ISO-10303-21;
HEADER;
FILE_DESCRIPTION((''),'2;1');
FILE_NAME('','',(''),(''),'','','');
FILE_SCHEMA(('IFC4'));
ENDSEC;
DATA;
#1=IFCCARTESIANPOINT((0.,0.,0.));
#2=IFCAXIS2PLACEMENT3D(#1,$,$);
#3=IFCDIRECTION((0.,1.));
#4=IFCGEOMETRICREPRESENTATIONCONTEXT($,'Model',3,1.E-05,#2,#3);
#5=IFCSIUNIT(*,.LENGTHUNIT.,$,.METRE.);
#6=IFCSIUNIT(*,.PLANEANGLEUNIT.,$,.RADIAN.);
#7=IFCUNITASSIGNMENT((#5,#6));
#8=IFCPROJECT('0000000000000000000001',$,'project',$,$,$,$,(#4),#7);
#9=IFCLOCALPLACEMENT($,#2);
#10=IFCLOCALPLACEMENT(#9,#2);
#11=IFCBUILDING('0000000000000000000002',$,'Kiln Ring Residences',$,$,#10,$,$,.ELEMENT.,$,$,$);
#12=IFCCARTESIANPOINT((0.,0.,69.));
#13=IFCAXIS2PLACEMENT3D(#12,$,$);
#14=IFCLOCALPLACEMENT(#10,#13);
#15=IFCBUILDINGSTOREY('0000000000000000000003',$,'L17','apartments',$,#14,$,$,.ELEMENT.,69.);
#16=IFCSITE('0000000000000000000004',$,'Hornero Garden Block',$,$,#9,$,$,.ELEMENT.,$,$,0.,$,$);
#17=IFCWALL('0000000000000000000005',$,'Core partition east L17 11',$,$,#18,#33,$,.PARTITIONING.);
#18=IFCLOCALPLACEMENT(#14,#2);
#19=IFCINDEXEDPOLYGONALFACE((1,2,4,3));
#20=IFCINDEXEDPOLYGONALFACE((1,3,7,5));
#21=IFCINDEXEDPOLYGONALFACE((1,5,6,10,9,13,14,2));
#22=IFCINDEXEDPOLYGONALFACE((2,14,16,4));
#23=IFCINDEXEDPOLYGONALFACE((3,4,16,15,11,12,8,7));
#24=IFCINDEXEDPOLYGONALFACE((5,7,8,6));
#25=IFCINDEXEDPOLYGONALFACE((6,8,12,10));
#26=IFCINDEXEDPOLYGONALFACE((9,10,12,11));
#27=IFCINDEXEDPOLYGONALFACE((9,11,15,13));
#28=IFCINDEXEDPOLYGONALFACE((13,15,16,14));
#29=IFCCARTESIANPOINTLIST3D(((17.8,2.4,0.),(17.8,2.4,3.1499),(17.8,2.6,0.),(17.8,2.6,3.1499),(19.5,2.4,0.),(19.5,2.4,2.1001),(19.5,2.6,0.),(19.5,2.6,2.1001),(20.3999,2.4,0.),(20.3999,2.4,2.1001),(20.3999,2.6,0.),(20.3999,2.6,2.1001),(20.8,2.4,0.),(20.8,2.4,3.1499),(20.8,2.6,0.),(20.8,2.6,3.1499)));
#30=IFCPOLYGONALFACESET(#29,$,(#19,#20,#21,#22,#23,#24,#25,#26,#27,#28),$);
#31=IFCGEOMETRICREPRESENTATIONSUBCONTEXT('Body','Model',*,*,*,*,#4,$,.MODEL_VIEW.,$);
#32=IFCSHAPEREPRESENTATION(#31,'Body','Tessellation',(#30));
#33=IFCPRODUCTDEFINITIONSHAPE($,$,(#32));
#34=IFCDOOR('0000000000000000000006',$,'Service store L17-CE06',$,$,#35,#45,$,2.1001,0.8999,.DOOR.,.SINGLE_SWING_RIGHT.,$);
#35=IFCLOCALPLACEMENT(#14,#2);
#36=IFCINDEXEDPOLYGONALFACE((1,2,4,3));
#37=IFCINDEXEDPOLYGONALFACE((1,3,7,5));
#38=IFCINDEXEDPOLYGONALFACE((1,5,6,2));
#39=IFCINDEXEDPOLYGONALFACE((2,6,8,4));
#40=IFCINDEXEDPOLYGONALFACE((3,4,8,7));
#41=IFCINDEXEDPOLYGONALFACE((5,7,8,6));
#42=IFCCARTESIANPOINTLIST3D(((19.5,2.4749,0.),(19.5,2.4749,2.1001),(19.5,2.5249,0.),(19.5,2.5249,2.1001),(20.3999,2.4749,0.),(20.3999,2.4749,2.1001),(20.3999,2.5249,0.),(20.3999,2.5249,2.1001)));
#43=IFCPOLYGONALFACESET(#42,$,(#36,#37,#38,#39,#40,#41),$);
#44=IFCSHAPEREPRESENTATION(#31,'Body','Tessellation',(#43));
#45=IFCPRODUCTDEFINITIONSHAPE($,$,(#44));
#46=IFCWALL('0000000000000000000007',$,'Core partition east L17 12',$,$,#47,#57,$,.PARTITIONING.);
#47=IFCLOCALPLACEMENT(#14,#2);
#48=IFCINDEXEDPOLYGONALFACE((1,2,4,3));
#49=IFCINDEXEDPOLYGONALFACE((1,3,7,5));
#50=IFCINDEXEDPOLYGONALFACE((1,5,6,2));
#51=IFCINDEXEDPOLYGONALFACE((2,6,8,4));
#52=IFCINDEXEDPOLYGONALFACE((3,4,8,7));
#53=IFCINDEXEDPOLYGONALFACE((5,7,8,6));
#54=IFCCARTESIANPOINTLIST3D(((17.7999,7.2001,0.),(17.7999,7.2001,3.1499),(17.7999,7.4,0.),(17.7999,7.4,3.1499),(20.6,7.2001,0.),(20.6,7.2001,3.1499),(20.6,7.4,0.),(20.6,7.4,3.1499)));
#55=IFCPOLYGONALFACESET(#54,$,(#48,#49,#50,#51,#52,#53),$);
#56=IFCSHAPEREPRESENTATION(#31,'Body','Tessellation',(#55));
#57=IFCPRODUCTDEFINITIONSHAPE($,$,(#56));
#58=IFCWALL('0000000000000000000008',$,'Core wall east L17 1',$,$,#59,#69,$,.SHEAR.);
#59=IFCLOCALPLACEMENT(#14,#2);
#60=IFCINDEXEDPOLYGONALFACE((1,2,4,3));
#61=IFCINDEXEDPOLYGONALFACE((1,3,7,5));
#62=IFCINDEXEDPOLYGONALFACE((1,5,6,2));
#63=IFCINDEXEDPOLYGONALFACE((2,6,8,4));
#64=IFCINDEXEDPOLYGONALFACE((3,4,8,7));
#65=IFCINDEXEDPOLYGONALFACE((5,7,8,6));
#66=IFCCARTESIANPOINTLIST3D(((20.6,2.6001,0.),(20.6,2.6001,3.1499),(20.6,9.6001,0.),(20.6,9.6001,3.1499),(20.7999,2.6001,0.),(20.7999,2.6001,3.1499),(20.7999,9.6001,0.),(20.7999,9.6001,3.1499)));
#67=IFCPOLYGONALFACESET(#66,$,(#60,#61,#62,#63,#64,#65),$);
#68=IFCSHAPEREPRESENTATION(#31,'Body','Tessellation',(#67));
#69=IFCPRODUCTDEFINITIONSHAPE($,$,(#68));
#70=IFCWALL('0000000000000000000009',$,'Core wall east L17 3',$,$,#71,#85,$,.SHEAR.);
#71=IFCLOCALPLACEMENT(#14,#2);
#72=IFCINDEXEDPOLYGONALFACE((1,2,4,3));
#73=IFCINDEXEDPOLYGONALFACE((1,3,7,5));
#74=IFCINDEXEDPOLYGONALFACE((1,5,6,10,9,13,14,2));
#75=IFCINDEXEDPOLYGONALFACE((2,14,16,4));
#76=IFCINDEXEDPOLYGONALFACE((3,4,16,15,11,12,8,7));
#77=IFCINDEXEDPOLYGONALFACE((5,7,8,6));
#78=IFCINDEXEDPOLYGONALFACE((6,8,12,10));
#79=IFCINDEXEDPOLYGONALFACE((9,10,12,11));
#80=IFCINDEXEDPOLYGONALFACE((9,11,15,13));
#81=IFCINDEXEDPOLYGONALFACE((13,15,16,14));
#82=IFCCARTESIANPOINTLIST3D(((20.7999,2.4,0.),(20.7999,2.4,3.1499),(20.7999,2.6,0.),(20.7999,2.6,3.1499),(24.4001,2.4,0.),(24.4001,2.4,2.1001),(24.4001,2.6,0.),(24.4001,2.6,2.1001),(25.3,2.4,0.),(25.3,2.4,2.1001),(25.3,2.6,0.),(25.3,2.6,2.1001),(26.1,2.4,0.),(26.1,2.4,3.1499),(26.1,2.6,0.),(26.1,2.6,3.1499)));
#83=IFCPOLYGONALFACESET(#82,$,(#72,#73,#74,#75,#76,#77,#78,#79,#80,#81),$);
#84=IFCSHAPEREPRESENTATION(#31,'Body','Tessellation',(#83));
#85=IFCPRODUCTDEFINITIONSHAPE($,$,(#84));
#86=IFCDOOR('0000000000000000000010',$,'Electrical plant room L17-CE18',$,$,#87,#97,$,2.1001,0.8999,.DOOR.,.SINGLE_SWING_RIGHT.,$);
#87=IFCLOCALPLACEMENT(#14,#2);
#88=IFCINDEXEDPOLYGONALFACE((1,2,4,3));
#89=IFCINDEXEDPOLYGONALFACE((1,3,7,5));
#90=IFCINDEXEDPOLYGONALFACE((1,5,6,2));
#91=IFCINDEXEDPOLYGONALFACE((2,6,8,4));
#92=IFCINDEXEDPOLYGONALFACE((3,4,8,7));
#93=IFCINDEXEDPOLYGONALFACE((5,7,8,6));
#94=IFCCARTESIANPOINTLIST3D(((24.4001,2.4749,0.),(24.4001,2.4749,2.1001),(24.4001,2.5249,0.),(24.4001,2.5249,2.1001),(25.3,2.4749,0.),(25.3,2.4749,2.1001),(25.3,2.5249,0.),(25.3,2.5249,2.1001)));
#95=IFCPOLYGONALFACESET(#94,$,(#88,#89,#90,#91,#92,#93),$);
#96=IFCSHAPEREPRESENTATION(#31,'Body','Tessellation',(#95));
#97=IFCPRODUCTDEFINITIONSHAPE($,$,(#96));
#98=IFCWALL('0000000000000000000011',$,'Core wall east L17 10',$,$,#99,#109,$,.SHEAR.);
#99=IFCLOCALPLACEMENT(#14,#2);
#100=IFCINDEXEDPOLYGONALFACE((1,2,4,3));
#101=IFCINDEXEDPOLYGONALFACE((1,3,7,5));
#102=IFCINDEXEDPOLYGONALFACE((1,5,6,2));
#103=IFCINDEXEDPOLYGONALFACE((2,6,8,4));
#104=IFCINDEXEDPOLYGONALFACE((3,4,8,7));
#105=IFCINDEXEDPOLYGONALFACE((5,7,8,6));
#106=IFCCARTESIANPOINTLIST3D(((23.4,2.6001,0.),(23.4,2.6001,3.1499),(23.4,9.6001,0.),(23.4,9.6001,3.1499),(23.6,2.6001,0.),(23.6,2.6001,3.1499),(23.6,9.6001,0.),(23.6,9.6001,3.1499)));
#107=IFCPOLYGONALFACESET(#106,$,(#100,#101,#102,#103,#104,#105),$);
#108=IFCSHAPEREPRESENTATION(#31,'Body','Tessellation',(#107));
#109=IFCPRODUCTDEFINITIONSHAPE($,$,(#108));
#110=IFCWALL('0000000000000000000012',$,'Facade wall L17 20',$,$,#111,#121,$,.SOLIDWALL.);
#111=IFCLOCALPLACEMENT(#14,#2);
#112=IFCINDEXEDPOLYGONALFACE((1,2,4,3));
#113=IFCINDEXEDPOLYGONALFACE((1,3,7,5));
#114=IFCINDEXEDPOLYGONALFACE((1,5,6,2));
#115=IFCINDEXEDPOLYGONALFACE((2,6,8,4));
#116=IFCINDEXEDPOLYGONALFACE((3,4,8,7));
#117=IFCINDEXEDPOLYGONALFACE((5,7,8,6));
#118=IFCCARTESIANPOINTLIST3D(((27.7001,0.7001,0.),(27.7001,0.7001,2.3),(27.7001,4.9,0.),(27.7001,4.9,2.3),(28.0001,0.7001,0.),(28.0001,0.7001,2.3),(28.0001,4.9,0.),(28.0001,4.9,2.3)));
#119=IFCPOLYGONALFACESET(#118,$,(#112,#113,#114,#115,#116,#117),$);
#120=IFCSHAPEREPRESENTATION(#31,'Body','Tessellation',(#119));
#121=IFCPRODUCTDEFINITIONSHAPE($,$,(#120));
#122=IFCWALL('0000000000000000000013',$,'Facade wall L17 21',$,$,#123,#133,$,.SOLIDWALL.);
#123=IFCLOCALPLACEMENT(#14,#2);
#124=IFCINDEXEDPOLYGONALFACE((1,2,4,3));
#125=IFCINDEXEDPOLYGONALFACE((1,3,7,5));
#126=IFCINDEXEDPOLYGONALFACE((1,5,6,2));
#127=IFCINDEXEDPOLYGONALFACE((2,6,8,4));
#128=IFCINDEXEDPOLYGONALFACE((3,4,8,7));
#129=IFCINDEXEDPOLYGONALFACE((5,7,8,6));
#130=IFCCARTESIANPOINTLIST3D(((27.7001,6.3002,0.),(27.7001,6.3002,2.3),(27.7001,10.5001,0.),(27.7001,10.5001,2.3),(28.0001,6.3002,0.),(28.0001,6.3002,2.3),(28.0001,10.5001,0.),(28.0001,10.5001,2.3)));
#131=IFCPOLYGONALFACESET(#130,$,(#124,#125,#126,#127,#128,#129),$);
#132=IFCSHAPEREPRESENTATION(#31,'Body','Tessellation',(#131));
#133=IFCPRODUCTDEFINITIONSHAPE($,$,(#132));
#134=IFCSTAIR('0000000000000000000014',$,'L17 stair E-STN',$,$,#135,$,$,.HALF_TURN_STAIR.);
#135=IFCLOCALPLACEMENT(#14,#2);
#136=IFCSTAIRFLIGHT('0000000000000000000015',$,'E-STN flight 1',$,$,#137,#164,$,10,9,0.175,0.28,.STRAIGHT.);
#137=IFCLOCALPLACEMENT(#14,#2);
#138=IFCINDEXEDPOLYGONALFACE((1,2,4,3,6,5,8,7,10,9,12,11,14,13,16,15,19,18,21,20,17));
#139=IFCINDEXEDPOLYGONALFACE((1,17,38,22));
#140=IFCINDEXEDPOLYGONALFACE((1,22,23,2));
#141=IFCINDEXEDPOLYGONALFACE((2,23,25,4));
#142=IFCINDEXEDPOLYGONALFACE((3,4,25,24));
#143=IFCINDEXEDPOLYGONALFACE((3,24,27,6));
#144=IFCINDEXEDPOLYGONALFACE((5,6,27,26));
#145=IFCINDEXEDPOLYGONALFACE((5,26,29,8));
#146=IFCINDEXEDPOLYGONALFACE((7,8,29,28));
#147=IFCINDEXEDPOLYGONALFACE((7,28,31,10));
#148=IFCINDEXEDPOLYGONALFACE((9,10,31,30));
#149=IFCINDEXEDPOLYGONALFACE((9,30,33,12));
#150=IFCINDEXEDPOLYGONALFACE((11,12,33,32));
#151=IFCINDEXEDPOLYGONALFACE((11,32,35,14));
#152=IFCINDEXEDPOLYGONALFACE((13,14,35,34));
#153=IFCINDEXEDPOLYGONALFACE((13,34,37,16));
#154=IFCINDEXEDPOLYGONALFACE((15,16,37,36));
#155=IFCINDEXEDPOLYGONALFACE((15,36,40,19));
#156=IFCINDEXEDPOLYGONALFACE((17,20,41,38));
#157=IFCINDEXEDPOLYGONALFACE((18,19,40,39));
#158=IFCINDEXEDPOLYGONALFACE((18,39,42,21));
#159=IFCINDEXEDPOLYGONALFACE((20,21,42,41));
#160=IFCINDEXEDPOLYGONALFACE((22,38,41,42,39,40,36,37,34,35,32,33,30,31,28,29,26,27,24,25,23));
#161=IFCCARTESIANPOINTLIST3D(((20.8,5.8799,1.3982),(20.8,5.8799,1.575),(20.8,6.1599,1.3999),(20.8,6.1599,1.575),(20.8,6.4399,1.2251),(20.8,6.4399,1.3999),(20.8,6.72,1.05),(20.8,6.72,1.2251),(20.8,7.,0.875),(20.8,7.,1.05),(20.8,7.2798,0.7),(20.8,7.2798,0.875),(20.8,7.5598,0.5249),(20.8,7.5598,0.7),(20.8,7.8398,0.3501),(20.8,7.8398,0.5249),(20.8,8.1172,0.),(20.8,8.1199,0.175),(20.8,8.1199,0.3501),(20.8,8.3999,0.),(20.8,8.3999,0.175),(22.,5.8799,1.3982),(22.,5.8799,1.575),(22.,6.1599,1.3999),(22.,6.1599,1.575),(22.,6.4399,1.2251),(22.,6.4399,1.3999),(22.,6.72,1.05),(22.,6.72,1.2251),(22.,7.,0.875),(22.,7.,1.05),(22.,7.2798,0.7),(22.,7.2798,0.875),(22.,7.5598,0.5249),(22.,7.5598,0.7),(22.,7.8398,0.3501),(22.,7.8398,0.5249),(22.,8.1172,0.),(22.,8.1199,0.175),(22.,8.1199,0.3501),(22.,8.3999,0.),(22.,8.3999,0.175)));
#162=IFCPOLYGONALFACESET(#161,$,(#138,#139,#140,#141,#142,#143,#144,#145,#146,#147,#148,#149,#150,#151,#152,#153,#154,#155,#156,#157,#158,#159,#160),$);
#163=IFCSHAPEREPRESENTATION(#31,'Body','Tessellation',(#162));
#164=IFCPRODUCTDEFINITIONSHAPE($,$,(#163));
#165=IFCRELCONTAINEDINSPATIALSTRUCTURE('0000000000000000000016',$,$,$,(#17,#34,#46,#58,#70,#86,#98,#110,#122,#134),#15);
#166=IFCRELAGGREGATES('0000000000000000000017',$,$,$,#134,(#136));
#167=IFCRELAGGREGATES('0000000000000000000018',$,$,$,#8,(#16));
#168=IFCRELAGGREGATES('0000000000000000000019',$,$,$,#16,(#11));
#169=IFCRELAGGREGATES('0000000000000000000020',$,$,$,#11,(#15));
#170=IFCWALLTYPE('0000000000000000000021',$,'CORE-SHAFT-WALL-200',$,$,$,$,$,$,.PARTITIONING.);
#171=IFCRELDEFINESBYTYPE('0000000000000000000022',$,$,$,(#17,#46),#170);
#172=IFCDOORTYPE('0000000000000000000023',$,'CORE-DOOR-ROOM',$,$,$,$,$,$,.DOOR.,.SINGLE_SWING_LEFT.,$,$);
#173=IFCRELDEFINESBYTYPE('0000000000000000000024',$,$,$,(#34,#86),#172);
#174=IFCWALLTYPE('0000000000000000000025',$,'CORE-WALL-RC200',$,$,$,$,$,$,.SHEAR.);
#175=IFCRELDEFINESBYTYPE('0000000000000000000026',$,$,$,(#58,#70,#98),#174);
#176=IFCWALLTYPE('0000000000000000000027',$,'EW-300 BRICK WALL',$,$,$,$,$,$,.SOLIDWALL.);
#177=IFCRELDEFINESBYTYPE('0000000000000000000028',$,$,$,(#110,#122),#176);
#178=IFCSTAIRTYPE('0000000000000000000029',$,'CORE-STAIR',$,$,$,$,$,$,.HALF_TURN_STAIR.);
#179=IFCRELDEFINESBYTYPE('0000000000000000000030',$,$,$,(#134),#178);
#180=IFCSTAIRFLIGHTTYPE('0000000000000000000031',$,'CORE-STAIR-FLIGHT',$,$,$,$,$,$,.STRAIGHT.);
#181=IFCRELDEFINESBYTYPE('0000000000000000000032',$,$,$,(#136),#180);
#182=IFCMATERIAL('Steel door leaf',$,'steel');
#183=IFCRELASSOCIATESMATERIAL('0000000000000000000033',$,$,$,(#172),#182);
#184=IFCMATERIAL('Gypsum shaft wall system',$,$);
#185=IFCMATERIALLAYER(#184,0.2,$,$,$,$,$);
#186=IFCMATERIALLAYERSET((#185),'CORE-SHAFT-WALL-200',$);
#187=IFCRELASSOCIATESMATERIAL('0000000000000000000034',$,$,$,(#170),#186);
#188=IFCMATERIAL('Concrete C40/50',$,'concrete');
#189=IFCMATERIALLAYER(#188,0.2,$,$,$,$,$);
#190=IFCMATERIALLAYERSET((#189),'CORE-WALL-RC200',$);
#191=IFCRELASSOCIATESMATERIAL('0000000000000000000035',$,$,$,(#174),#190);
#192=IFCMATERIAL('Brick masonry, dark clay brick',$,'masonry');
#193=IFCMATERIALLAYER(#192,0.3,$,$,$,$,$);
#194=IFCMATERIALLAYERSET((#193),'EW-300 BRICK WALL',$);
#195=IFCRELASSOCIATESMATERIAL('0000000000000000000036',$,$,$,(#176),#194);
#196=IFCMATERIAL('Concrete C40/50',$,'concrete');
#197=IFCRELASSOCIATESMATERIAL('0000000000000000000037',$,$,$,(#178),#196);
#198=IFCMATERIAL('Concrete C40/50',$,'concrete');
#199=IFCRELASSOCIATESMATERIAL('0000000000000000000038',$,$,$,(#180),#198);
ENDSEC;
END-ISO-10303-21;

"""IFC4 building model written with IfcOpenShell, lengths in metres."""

from ifc_helpers import new_model, si_unit, direction, frame, frame_2d, origin, place, context, subcontext, project, spatial, polyline, rectangle, outline, extrude, material, layer, layer_set, type_object, element, fill, aggregate, save


model = new_model("IFC4")

# Units and contexts
model_context = context("Model", 3, precision=1e-05, world=origin(), true_north=direction((0.0, 1.0)))
body_context = subcontext(model_context, "Body", "Model", "MODEL_VIEW")
ifc_project = project(units=[si_unit("LENGTHUNIT", "METRE"), si_unit("PLANEANGLEUNIT", "RADIAN")], contexts=[model_context])

# Site, building, storey
site_placement = place(None, origin())
site = spatial("IfcSite", under=ifc_project, at=site_placement, Name="Hornero Garden Block", CompositionType="ELEMENT", RefElevation=0.0)
building_placement = place(site_placement, origin())
building = spatial("IfcBuilding", under=site, at=building_placement, Name="Kiln Ring Residences", CompositionType="ELEMENT")
storey_placement = place(building_placement, frame((0.0, 0.0, 69.0)))
storey = spatial("IfcBuildingStorey", under=building, at=storey_placement, Name="L17", Description="apartments", CompositionType="ELEMENT", Elevation=69.0)

# Shared definitions
ifc_material_1 = material(Name="Steel door leaf", Category="steel")
door_type = type_object("IfcDoorType", Name="CORE-DOOR-ROOM", OperationType="SINGLE_SWING_LEFT", PredefinedType="DOOR", material=ifc_material_1)

# Shared definitions
ifc_material_2 = material(Name="Gypsum shaft wall system")
ifc_layer_1 = layer(ifc_material_2, 0.2)
ifc_layer_set_1 = layer_set([ifc_layer_1], Name="CORE-SHAFT-WALL-200")
wall_type_1 = type_object("IfcWallType", Name="CORE-SHAFT-WALL-200", PredefinedType="PARTITIONING", material=ifc_layer_set_1)

# Wall, opening, door
wall_1_placement = place(storey_placement, frame((17.8, 2.5, 0.0), z_axis=(0.0, 0.0, 1.0), x_axis=(1.0, 0.0, 0.0)))
wall_1 = element("IfcWall", 1, at=wall_1_placement, inside=storey, type_object=wall_type_1, Name="Core partition east L17 11", PredefinedType="PARTITIONING", context=body_context, shape_type="SweptSolid", body=[
    extrude(rectangle(XDim=3.0, YDim=0.2, at=frame_2d((1.5, 0.0))), origin(), (0.0, 0.0, 1.0), 3.1499),
])
opening_1_placement = place(wall_1_placement, frame((1.7, 0.0, 0.0)))
opening_1 = element("IfcOpeningElement", 2, at=opening_1_placement, cuts=wall_1, PredefinedType="OPENING", context=body_context, shape_type="SweptSolid", body=[
    extrude(rectangle(XDim=0.8999, YDim=2.1001, at=frame_2d((0.45, 1.05))), frame((0.0, 0.1099, 0.0), z_axis=(0.0, -1.0, 0.0), x_axis=(1.0, 0.0, 0.0)), (0.0, 0.0, 1.0), 0.22),
])
door_1_placement = place(opening_1_placement, origin())
door_1 = element("IfcDoor", 3, at=door_1_placement, inside=storey, type_object=door_type, Name="Service store L17-CE06", OperationType="SINGLE_SWING_RIGHT", OverallHeight=2.1001, OverallWidth=0.8999, PredefinedType="DOOR", context=body_context, shape_type="SweptSolid", body=[
    extrude(rectangle(XDim=0.8999, YDim=2.1001, at=frame_2d((0.45, 1.05))), frame((0.0, 0.0249, 0.0), z_axis=(0.0, -1.0, 0.0), x_axis=(1.0, 0.0, 0.0)), (0.0, 0.0, 1.0), 0.05),
])
fill(opening_1, door_1)

# Walls
wall_2_placement = place(storey_placement, frame((17.8, 7.3, 0.0), z_axis=(0.0, 0.0, 1.0), x_axis=(1.0, 0.0, 0.0)))
element("IfcWall", 4, at=wall_2_placement, inside=storey, type_object=wall_type_1, Name="Core partition east L17 12", PredefinedType="PARTITIONING", context=body_context, shape_type="SweptSolid", body=[
    extrude(rectangle(XDim=2.8, YDim=0.2, at=frame_2d((1.3999, 0.0))), origin(), (0.0, 0.0, 1.0), 3.1499),
])
ifc_material_3 = material(Name="Concrete C40/50", Category="concrete")
ifc_layer_2 = layer(ifc_material_3, 0.2)
ifc_layer_set_2 = layer_set([ifc_layer_2], Name="CORE-WALL-RC200")
wall_type_2 = type_object("IfcWallType", Name="CORE-WALL-RC200", PredefinedType="SHEAR", material=ifc_layer_set_2)
wall_3_placement = place(storey_placement, frame((20.7, 2.6001, 0.0), z_axis=(0.0, 0.0, 1.0), x_axis=(0.0, 1.0, 0.0)))
element("IfcWall", 5, at=wall_3_placement, inside=storey, type_object=wall_type_2, Name="Core wall east L17 1", PredefinedType="SHEAR", context=body_context, shape_type="SweptSolid", body=[
    extrude(rectangle(XDim=7.0, YDim=0.2, at=frame_2d((3.5, 0.0))), origin(), (0.0, 0.0, 1.0), 3.1499),
])

# Wall, opening, door
wall_4_placement = place(storey_placement, frame((20.8, 2.5, 0.0), z_axis=(0.0, 0.0, 1.0), x_axis=(1.0, 0.0, 0.0)))
wall_4 = element("IfcWall", 6, at=wall_4_placement, inside=storey, type_object=wall_type_2, Name="Core wall east L17 3", PredefinedType="SHEAR", context=body_context, shape_type="SweptSolid", body=[
    extrude(rectangle(XDim=5.3, YDim=0.2, at=frame_2d((2.6499, 0.0))), origin(), (0.0, 0.0, 1.0), 3.1499),
])
opening_2_placement = place(wall_4_placement, frame((3.6001, 0.0, 0.0)))
opening_2 = element("IfcOpeningElement", 7, at=opening_2_placement, cuts=wall_4, PredefinedType="OPENING", context=body_context, shape_type="SweptSolid", body=[
    extrude(rectangle(XDim=0.8999, YDim=2.1001, at=frame_2d((0.45, 1.05))), frame((0.0, 0.1099, 0.0), z_axis=(0.0, -1.0, 0.0), x_axis=(1.0, 0.0, 0.0)), (0.0, 0.0, 1.0), 0.22),
])
door_2_placement = place(opening_2_placement, origin())
door_2 = element("IfcDoor", 8, at=door_2_placement, inside=storey, type_object=door_type, Name="Electrical plant room L17-CE18", OperationType="SINGLE_SWING_RIGHT", OverallHeight=2.1001, OverallWidth=0.8999, PredefinedType="DOOR", context=body_context, shape_type="SweptSolid", body=[
    extrude(rectangle(XDim=0.8999, YDim=2.1001, at=frame_2d((0.45, 1.05))), frame((0.0, 0.0249, 0.0), z_axis=(0.0, -1.0, 0.0), x_axis=(1.0, 0.0, 0.0)), (0.0, 0.0, 1.0), 0.05),
])
fill(opening_2, door_2)

# Walls
wall_5_placement = place(storey_placement, frame((23.5, 2.6001, 0.0), z_axis=(0.0, 0.0, 1.0), x_axis=(0.0, 1.0, 0.0)))
element("IfcWall", 9, at=wall_5_placement, inside=storey, type_object=wall_type_2, Name="Core wall east L17 10", PredefinedType="SHEAR", context=body_context, shape_type="SweptSolid", body=[
    extrude(rectangle(XDim=7.0, YDim=0.2, at=frame_2d((3.5, 0.0))), origin(), (0.0, 0.0, 1.0), 3.1499),
])
ifc_material_4 = material(Name="Brick masonry, dark clay brick", Category="masonry")
ifc_layer_3 = layer(ifc_material_4, 0.3)
ifc_layer_set_3 = layer_set([ifc_layer_3], Name="EW-300 BRICK WALL")
wall_type_3 = type_object("IfcWallType", Name="EW-300 BRICK WALL", PredefinedType="SOLIDWALL", material=ifc_layer_set_3)
for number, where, z_axis, x_axis, name in (
    (10, (27.8501, 0.7, 0.0), (0.0, 0.0, 1.0), (0.0, 1.0, 0.0), "Facade wall L17 20"),
    (11, (27.8501, 6.3, 0.0), (0.0, 0.0, 1.0), (0.0, 1.0, 0.0), "Facade wall L17 21"),
):
    element("IfcWall", number, at=place(storey_placement, frame(where, z_axis=z_axis, x_axis=x_axis)), inside=storey, type_object=wall_type_3, Name=name, PredefinedType="SOLIDWALL", context=body_context, shape_type="SweptSolid", body=[
        extrude(rectangle(XDim=4.2, YDim=0.3, at=frame_2d((2.1001, 0.0))), origin(), (0.0, 0.0, 1.0), 2.3),
    ])

# Stair, stair flight
ifc_material_5 = material(Name="Concrete C40/50", Category="concrete")
stair_type = type_object("IfcStairType", Name="CORE-STAIR", PredefinedType="HALF_TURN_STAIR", material=ifc_material_5)
stair_placement = place(storey_placement, origin())
stair = element("IfcStair", 12, at=stair_placement, inside=storey, type_object=stair_type, Name="L17 stair E-STN", PredefinedType="HALF_TURN_STAIR")
ifc_material_6 = material(Name="Concrete C40/50", Category="concrete")
stair_flight_type = type_object("IfcStairFlightType", Name="CORE-STAIR-FLIGHT", PredefinedType="STRAIGHT", material=ifc_material_6)
stair_flight_1_placement = place(storey_placement, frame((21.3999, 8.3999, 0.0), z_axis=(0.0, 0.0, 1.0), x_axis=(0.0, -1.0, 0.0)))
stair_flight_1 = element("IfcStairFlight", 13, at=stair_flight_1_placement, type_object=stair_flight_type, Name="E-STN flight 1", NumberOfRisers=10, NumberOfTreads=9, PredefinedType="STRAIGHT", RiserHeight=0.175, TreadLength=0.28, context=body_context, shape_type="SweptSolid", body=[
    extrude(outline(polyline([(0.0, 0.0), (0.0, 0.175), (0.28, 0.175), (0.28, 0.3501), (0.5601, 0.3501), (0.5601, 0.5249), (0.8401, 0.5249), (0.8401, 0.7), (1.1201, 0.7), (1.1201, 0.875), (1.3999, 0.875), (1.3999, 1.05), (1.6799, 1.05), (1.6799, 1.2251), (1.96, 1.2251), (1.96, 1.3999), (2.24, 1.3999), (2.24, 1.575), (2.52, 1.575), (2.52, 1.75), (2.52, 1.3982), (0.2827, 0.0), (0.0, 0.0)])), frame((0.0, 0.6001, 0.0), z_axis=(0.0, -1.0, 0.0), x_axis=(1.0, 0.0, 0.0)), (0.0, 0.0, 1.0), 1.2),
])
aggregate(stair, [stair_flight_1])

save(model, "model.ifc")
